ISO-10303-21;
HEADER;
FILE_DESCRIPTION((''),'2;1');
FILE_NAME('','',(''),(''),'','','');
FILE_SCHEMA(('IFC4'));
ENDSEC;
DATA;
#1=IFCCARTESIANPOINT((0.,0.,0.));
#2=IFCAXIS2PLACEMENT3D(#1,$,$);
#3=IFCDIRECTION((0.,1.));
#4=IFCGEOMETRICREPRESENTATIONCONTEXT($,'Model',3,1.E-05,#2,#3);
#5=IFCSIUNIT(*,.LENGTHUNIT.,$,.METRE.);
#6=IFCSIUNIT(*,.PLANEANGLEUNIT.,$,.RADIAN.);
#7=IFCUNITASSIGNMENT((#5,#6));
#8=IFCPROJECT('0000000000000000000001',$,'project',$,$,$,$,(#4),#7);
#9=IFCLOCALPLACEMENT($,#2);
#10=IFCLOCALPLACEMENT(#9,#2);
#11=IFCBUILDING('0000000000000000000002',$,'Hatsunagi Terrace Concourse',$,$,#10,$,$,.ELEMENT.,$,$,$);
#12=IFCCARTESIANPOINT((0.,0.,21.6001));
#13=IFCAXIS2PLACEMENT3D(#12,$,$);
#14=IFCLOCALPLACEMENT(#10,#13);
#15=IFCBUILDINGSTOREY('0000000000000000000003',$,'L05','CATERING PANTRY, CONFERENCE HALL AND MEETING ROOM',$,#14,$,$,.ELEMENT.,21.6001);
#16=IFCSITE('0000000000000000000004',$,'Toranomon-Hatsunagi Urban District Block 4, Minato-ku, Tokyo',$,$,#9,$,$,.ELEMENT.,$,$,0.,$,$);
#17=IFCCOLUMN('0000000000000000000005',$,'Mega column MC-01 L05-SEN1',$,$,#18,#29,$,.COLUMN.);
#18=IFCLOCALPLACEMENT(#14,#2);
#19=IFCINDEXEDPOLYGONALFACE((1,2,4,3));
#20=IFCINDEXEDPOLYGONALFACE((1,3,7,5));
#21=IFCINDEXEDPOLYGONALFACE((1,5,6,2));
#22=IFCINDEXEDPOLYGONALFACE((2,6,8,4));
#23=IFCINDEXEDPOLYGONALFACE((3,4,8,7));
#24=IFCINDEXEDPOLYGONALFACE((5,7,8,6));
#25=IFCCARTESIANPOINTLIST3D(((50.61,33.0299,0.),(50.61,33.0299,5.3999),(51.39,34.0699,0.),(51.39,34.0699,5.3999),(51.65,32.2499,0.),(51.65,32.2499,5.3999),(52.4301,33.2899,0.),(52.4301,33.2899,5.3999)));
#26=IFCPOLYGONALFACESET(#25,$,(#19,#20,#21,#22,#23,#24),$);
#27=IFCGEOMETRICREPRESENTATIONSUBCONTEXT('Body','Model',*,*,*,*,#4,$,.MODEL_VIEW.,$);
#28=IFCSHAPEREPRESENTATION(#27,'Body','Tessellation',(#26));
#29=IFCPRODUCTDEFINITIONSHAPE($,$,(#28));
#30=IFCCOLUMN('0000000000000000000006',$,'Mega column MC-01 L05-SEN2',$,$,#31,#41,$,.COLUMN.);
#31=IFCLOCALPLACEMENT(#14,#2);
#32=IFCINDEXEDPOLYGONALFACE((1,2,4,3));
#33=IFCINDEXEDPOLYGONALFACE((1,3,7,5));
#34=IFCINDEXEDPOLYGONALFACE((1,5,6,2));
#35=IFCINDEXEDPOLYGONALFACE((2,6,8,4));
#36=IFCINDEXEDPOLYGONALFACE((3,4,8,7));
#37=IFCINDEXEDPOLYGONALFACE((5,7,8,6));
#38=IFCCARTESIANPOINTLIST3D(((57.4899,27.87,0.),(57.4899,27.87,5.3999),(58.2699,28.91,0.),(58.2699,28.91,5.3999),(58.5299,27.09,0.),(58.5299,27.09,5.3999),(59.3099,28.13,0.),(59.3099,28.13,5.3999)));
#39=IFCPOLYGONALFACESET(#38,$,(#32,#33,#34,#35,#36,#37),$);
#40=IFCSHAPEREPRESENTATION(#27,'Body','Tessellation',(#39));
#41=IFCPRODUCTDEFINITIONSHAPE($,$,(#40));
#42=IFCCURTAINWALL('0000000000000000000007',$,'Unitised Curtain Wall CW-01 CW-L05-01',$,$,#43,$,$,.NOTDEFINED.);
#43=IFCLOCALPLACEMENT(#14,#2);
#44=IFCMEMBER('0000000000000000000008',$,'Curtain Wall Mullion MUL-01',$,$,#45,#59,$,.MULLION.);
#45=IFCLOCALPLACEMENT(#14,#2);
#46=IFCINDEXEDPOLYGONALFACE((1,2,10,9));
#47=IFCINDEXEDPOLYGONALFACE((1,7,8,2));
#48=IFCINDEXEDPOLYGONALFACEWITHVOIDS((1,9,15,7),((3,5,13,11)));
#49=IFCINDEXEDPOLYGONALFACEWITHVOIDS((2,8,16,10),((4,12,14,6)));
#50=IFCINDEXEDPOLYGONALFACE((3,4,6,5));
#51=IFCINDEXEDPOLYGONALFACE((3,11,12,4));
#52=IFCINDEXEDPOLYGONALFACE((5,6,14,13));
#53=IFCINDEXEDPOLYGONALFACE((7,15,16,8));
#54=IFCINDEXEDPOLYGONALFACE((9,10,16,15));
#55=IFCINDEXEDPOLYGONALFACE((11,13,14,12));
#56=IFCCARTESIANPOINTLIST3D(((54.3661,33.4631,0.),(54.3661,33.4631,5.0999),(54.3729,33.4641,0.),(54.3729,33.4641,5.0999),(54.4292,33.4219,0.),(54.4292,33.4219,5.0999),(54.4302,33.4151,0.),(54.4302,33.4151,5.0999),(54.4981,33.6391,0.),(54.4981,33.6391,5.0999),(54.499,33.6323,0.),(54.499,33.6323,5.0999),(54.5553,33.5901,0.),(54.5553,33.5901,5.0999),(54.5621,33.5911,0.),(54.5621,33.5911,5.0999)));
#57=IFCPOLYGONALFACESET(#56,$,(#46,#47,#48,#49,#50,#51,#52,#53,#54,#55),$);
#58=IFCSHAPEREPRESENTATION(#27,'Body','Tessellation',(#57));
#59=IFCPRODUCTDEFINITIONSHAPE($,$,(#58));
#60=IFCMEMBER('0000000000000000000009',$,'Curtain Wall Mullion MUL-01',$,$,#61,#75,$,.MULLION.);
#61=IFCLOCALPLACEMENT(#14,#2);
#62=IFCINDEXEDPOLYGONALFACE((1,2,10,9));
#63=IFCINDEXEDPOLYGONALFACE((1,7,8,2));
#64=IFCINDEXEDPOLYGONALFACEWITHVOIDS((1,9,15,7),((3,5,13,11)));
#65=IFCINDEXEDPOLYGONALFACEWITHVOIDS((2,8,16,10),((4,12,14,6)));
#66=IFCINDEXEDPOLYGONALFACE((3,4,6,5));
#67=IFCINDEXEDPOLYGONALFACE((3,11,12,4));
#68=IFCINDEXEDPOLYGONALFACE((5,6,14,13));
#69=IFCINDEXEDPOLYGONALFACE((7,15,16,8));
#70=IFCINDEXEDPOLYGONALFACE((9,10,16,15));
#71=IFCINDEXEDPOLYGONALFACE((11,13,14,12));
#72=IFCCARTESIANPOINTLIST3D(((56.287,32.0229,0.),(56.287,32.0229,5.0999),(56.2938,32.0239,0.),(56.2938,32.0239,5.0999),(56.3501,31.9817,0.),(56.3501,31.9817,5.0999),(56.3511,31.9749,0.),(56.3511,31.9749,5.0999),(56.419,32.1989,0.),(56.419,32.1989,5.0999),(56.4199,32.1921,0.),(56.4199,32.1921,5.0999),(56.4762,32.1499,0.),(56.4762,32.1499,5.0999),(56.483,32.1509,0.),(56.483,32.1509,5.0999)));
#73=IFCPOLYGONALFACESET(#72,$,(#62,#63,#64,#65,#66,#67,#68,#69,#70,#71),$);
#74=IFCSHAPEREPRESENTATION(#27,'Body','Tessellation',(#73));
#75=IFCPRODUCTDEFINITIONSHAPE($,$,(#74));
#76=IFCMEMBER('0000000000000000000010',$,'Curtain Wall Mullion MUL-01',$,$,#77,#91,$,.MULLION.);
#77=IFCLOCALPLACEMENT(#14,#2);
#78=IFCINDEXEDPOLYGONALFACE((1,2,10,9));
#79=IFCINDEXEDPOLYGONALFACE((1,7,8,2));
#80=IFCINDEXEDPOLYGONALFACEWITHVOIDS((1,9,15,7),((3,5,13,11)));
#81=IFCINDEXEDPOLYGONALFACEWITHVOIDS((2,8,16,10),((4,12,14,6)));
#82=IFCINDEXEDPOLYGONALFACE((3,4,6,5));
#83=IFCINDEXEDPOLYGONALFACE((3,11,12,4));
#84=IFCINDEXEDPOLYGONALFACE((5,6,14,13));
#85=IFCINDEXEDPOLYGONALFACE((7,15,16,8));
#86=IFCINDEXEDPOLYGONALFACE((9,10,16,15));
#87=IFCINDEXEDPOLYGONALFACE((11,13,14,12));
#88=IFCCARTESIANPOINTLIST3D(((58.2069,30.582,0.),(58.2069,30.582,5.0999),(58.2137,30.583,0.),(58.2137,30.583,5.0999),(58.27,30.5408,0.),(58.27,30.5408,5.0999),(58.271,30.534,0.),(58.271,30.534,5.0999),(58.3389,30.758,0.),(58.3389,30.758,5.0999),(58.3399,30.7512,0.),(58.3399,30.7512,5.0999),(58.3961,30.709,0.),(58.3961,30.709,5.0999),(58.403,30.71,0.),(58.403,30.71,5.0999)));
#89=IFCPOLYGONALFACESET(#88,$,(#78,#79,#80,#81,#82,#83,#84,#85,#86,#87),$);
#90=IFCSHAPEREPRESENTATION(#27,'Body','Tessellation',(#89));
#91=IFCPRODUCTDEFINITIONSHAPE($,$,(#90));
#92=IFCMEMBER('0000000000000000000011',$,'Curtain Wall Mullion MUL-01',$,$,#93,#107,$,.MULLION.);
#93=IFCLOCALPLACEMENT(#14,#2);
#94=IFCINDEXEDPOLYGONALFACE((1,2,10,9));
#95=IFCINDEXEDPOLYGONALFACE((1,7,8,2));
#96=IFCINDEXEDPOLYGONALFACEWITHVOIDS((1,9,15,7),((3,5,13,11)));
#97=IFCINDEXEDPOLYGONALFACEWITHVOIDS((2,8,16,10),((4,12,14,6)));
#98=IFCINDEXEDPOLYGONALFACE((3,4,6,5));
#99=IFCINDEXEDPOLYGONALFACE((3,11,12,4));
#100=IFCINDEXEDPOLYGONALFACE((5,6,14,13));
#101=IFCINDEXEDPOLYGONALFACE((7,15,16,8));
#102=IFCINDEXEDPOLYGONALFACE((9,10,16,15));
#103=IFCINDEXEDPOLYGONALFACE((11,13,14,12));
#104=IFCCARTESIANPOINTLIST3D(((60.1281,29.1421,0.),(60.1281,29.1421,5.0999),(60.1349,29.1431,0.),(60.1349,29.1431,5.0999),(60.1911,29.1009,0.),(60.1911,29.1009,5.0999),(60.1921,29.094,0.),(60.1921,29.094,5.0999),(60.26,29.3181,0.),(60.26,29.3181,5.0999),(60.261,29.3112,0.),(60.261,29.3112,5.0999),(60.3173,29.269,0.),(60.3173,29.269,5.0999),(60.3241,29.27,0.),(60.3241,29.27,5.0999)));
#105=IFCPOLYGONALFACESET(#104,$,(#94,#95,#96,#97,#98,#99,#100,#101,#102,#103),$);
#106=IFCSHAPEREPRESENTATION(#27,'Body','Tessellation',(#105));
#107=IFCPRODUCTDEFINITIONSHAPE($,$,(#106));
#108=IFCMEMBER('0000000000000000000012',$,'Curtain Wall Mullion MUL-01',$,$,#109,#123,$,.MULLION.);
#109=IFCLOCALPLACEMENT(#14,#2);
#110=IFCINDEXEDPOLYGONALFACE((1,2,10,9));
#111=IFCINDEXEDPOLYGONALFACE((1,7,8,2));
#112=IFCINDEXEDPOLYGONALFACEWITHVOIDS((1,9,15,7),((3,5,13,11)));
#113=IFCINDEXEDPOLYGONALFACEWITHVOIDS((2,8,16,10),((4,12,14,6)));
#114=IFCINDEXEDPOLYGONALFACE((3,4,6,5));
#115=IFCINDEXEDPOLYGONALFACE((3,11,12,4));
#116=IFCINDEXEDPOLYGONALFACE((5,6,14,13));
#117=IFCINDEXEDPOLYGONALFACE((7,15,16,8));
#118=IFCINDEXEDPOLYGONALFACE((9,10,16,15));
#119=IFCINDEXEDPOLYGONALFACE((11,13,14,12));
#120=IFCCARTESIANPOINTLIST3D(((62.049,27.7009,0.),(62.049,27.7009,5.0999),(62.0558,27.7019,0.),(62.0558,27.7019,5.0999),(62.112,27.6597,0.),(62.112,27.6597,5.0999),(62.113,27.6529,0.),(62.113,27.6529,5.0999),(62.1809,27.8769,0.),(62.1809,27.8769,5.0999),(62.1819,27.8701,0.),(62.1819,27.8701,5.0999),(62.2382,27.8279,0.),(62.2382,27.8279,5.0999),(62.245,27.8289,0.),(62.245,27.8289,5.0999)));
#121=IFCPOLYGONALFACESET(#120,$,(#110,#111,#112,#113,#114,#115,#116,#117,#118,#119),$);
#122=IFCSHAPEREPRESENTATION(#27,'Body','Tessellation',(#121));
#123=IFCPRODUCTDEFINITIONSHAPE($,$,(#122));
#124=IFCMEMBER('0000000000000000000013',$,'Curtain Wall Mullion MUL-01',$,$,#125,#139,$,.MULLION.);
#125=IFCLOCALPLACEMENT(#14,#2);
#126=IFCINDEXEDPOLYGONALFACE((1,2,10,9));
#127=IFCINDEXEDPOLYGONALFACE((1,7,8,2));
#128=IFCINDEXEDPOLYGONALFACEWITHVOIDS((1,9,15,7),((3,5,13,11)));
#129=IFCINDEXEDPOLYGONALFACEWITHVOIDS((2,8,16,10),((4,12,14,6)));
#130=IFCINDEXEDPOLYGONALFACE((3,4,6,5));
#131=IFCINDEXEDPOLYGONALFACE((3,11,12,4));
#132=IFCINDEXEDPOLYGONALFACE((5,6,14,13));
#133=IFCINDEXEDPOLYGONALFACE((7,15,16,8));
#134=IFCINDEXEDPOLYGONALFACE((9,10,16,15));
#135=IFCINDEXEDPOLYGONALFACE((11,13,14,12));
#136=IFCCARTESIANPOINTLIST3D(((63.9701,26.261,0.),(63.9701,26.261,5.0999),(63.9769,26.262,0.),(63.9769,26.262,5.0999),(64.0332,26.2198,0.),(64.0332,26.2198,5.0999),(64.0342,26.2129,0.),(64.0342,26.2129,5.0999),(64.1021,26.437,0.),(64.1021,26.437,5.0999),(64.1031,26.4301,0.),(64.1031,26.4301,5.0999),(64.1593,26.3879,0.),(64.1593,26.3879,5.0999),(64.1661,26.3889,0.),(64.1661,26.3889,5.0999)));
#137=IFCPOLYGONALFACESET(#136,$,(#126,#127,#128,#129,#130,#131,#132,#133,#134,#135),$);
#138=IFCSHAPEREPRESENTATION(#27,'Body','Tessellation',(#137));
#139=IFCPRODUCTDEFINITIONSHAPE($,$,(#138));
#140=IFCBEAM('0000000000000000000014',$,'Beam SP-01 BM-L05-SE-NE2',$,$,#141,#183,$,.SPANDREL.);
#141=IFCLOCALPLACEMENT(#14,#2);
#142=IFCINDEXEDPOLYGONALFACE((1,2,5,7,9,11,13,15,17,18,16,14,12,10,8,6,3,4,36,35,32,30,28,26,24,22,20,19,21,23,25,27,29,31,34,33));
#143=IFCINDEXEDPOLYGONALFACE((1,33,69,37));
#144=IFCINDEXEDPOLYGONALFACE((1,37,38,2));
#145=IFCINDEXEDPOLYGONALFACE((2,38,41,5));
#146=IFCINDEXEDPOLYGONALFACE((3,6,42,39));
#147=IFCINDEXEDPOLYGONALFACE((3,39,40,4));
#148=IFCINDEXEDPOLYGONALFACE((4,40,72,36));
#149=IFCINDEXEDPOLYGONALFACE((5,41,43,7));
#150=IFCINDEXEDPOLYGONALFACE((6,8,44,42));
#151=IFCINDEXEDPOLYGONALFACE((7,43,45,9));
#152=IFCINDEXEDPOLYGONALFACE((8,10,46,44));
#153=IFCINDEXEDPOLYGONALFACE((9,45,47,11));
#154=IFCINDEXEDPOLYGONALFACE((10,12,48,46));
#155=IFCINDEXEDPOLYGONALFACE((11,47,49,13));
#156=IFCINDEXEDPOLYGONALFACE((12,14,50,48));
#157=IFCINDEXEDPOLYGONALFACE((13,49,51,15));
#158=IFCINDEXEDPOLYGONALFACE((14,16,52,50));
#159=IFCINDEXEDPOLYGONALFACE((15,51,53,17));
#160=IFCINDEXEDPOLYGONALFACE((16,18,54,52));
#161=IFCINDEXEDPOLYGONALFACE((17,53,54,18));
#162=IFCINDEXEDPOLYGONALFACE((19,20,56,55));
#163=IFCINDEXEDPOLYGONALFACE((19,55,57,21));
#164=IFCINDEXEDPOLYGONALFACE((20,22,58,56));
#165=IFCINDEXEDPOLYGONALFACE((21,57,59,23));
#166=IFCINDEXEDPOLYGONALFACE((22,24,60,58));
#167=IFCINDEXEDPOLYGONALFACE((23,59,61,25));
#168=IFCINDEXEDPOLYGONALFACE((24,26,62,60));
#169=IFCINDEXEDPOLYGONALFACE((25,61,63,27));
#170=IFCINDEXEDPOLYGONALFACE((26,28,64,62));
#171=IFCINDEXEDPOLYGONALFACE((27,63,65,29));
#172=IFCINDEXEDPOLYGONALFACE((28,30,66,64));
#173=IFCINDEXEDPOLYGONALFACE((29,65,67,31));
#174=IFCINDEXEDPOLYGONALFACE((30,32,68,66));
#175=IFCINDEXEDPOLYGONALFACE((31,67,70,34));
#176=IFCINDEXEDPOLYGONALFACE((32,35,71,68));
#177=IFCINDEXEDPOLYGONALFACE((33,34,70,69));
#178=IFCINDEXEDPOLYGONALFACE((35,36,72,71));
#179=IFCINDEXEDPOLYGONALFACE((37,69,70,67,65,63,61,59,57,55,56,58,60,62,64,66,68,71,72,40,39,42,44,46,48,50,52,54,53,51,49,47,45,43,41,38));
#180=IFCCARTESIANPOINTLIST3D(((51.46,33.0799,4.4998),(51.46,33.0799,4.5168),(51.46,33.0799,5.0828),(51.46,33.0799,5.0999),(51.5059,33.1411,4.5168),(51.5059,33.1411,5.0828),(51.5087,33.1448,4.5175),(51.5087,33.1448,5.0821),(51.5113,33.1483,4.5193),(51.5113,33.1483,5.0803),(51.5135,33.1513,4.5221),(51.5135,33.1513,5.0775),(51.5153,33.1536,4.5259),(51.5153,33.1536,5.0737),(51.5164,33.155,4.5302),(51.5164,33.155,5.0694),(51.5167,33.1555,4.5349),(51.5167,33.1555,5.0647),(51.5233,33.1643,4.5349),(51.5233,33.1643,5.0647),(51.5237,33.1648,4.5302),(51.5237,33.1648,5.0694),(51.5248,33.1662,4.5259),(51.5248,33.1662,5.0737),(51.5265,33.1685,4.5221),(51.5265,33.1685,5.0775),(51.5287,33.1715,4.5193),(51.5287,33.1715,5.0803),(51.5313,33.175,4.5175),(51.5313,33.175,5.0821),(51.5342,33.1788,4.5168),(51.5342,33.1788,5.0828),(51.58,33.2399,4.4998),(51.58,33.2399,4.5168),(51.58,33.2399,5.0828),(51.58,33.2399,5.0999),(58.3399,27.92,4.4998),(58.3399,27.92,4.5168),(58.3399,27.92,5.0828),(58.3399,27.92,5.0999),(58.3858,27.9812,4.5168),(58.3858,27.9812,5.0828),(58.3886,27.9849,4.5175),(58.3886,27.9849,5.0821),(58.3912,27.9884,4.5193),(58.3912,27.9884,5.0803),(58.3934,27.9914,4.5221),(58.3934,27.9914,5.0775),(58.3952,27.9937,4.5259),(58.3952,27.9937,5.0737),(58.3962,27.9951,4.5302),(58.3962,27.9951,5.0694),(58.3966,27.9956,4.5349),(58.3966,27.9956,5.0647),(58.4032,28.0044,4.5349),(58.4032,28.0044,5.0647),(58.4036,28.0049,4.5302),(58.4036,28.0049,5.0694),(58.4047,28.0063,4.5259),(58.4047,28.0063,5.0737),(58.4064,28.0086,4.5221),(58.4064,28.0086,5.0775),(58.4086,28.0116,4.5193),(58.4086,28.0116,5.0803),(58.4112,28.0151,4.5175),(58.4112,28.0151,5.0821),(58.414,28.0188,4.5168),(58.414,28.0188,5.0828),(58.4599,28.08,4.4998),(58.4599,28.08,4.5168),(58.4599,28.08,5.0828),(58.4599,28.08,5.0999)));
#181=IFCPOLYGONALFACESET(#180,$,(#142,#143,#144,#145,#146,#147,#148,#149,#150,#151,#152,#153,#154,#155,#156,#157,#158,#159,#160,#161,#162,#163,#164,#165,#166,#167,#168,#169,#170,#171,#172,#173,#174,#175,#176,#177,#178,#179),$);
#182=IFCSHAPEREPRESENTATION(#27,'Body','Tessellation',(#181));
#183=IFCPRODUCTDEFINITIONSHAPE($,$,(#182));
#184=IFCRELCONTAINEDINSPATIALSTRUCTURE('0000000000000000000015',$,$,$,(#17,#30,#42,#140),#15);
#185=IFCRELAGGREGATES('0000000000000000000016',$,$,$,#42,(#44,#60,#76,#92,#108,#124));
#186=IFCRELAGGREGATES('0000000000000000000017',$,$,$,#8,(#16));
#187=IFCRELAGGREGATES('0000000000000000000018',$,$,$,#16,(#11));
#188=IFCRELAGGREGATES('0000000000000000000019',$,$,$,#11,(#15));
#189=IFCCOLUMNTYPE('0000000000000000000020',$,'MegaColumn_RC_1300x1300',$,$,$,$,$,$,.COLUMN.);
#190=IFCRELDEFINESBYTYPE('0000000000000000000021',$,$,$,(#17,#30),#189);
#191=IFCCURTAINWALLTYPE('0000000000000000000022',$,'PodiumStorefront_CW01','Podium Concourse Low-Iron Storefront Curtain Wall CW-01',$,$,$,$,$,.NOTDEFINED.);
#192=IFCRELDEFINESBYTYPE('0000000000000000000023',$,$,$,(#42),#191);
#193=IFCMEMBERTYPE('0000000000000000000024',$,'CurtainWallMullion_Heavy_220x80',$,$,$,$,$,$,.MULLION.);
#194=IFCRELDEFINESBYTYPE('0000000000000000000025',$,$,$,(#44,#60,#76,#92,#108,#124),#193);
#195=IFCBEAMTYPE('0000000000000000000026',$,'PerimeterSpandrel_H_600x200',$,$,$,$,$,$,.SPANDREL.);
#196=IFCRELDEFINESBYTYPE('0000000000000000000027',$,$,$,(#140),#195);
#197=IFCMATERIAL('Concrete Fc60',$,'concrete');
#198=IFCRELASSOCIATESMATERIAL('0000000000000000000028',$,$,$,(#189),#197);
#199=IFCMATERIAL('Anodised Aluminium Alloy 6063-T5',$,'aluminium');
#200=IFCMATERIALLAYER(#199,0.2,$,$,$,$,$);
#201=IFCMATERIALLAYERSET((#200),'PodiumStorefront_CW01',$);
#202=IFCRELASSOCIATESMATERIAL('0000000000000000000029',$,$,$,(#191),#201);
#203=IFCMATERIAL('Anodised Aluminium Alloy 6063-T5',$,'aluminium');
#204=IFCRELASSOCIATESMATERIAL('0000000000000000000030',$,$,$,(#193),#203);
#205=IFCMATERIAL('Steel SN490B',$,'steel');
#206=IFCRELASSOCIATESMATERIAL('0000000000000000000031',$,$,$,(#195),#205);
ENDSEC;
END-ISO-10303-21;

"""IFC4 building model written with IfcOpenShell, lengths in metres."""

from ifc_helpers import new_model, si_unit, direction, frame, origin, origin_2d, place, context, subcontext, project, spatial, rectangle, hollow_rectangle, i_section, extrude, material, layer, layer_set, material_profile, profile_set, type_object, element, aggregate, save


model = new_model("IFC4")

# Units and contexts
model_context = context("Model", 3, precision=1e-05, world=origin(), true_north=direction((0.0, 1.0)))
body_context = subcontext(model_context, "Body", "Model", "MODEL_VIEW")
ifc_project = project(units=[si_unit("LENGTHUNIT", "METRE"), si_unit("PLANEANGLEUNIT", "RADIAN")], contexts=[model_context])

# Site, building, storey
site_placement = place(None, origin())
site = spatial("IfcSite", under=ifc_project, at=site_placement, Name="Toranomon-Hatsunagi Urban District Block 4, Minato-ku, Tokyo", CompositionType="ELEMENT", RefElevation=0.0)
building_placement = place(site_placement, origin())
building = spatial("IfcBuilding", under=site, at=building_placement, Name="Hatsunagi Terrace Concourse", CompositionType="ELEMENT")
storey_placement = place(building_placement, frame((0.0, 0.0, 21.6001)))
storey = spatial("IfcBuildingStorey", under=building, at=storey_placement, Name="L05", Description="CATERING PANTRY, CONFERENCE HALL AND MEETING ROOM", CompositionType="ELEMENT", Elevation=21.6001)

# Columns
ifc_material_1 = material(Name="Concrete Fc60", Category="concrete")
ifc_material_profile_1 = material_profile(ifc_material_1, rectangle(XDim=1.3, YDim=1.3, at=origin_2d()), Name="RC-1300x1300")
ifc_profile_set_1 = profile_set([ifc_material_profile_1], Name="Concrete Fc60")
column_type = type_object("IfcColumnType", Name="MegaColumn_RC_1300x1300", PredefinedType="COLUMN", material=ifc_profile_set_1)
for number, where, z_axis, x_axis, name in (
    (1, (51.52, 33.1599, 0.0), (0.0, 0.0, 1.0), (0.8, -0.6, 0.0), "Mega column MC-01 L05-SEN1"),
    (2, (58.3999, 28.0, 0.0), (0.0, 0.0, 1.0), (0.8, -0.6, 0.0), "Mega column MC-01 L05-SEN2"),
):
    element("IfcColumn", number, at=place(storey_placement, frame(where, z_axis=z_axis, x_axis=x_axis)), inside=storey, type_object=column_type, Name=name, PredefinedType="COLUMN", context=body_context, shape_type="SweptSolid", body=[
        extrude(rectangle(XDim=1.3, YDim=1.3, at=origin_2d()), origin(), (0.0, 0.0, 1.0), 5.3999),
    ])

# Curtain wall, members
ifc_material_2 = material(Name="Anodised Aluminium Alloy 6063-T5", Category="aluminium")
ifc_layer_1 = layer(ifc_material_2, 0.2)
ifc_layer_set_1 = layer_set([ifc_layer_1], Name="PodiumStorefront_CW01")
curtain_wall_type = type_object("IfcCurtainWallType", Name="PodiumStorefront_CW01", Description="Podium Concourse Low-Iron Storefront Curtain Wall CW-01", PredefinedType="NOTDEFINED", material=ifc_layer_set_1)
curtain_wall_placement = place(storey_placement, origin())
curtain_wall = element("IfcCurtainWall", 3, at=curtain_wall_placement, inside=storey, type_object=curtain_wall_type, Name="Unitised Curtain Wall CW-01 CW-L05-01", PredefinedType="NOTDEFINED")
ifc_material_3 = material(Name="Anodised Aluminium Alloy 6063-T5", Category="aluminium")
ifc_material_profile_2 = material_profile(ifc_material_3, hollow_rectangle(XDim=0.0801, YDim=0.22, WallThickness=0.0049, at=origin_2d()), Name="ALU-MUL-220x80x5")
ifc_profile_set_2 = profile_set([ifc_material_profile_2], Name="Anodised Aluminium Alloy 6063-T5")
member_type = type_object("IfcMemberType", Name="CurtainWallMullion_Heavy_220x80", PredefinedType="MULLION", material=ifc_profile_set_2)
member_1_placement = place(storey_placement, frame((54.4641, 33.5271, 0.0), z_axis=(0.0, 0.0, 1.0), x_axis=(0.800007, -0.59999, 0.0)))
member_1 = element("IfcMember", 4, at=member_1_placement, type_object=member_type, Name="Curtain Wall Mullion MUL-01", PredefinedType="MULLION", context=body_context, shape_type="SweptSolid", body=[
    extrude(hollow_rectangle(XDim=0.0801, YDim=0.22, WallThickness=0.0049, at=origin_2d()), origin(), (0.0, 0.0, 1.0), 5.0999),
])
member_2_placement = place(storey_placement, frame((56.385, 32.0869, 0.0), z_axis=(0.0, 0.0, 1.0), x_axis=(0.800007, -0.59999, 0.0)))
member_2 = element("IfcMember", 5, at=member_2_placement, type_object=member_type, Name="Curtain Wall Mullion MUL-01", PredefinedType="MULLION", context=body_context, shape_type="SweptSolid", body=[
    extrude(hollow_rectangle(XDim=0.0801, YDim=0.22, WallThickness=0.0049, at=origin_2d()), origin(), (0.0, 0.0, 1.0), 5.0999),
])
member_3_placement = place(storey_placement, frame((58.3049, 30.646, 0.0), z_axis=(0.0, 0.0, 1.0), x_axis=(0.800007, -0.59999, 0.0)))
member_3 = element("IfcMember", 6, at=member_3_placement, type_object=member_type, Name="Curtain Wall Mullion MUL-01", PredefinedType="MULLION", context=body_context, shape_type="SweptSolid", body=[
    extrude(hollow_rectangle(XDim=0.0801, YDim=0.22, WallThickness=0.0049, at=origin_2d()), origin(), (0.0, 0.0, 1.0), 5.0999),
])
member_4_placement = place(storey_placement, frame((60.2261, 29.2061, 0.0), z_axis=(0.0, 0.0, 1.0), x_axis=(0.800007, -0.59999, 0.0)))
member_4 = element("IfcMember", 7, at=member_4_placement, type_object=member_type, Name="Curtain Wall Mullion MUL-01", PredefinedType="MULLION", context=body_context, shape_type="SweptSolid", body=[
    extrude(hollow_rectangle(XDim=0.0801, YDim=0.22, WallThickness=0.0049, at=origin_2d()), origin(), (0.0, 0.0, 1.0), 5.0999),
])
member_5_placement = place(storey_placement, frame((62.147, 27.7649, 0.0), z_axis=(0.0, 0.0, 1.0), x_axis=(0.800007, -0.59999, 0.0)))
member_5 = element("IfcMember", 8, at=member_5_placement, type_object=member_type, Name="Curtain Wall Mullion MUL-01", PredefinedType="MULLION", context=body_context, shape_type="SweptSolid", body=[
    extrude(hollow_rectangle(XDim=0.0801, YDim=0.22, WallThickness=0.0049, at=origin_2d()), origin(), (0.0, 0.0, 1.0), 5.0999),
])
member_6_placement = place(storey_placement, frame((64.0681, 26.325, 0.0), z_axis=(0.0, 0.0, 1.0), x_axis=(0.800007, -0.59999, 0.0)))
member_6 = element("IfcMember", 9, at=member_6_placement, type_object=member_type, Name="Curtain Wall Mullion MUL-01", PredefinedType="MULLION", context=body_context, shape_type="SweptSolid", body=[
    extrude(hollow_rectangle(XDim=0.0801, YDim=0.22, WallThickness=0.0049, at=origin_2d()), origin(), (0.0, 0.0, 1.0), 5.0999),
])

# Beam
ifc_material_4 = material(Name="Steel SN490B", Category="steel")
ifc_material_profile_3 = material_profile(ifc_material_4, i_section(OverallWidth=0.2, OverallDepth=0.6001, WebThickness=0.011, FlangeThickness=0.0171, FilletRadius=0.0181, at=origin_2d()), Name="H-600x200x11x17")
ifc_profile_set_3 = profile_set([ifc_material_profile_3], Name="Steel SN490B")
beam_type = type_object("IfcBeamType", Name="PerimeterSpandrel_H_600x200", PredefinedType="SPANDREL", material=ifc_profile_set_3)
beam_1_placement = place(storey_placement, frame((51.52, 33.1599, 4.7998), z_axis=(0.8, -0.6, 0.0), x_axis=(0.6, 0.8, 0.0)))
element("IfcBeam", 10, at=beam_1_placement, inside=storey, type_object=beam_type, Name="Beam SP-01 BM-L05-SE-NE2", PredefinedType="SPANDREL", context=body_context, shape_type="SweptSolid", body=[
    extrude(i_section(OverallWidth=0.2, OverallDepth=0.6001, WebThickness=0.011, FlangeThickness=0.0171, FilletRadius=0.0181, at=origin_2d()), origin(), (0.0, 0.0, 1.0), 8.5999),
])

aggregate(curtain_wall, [member_1, member_2, member_3, member_4, member_5, member_6])

save(model, "model.ifc")
